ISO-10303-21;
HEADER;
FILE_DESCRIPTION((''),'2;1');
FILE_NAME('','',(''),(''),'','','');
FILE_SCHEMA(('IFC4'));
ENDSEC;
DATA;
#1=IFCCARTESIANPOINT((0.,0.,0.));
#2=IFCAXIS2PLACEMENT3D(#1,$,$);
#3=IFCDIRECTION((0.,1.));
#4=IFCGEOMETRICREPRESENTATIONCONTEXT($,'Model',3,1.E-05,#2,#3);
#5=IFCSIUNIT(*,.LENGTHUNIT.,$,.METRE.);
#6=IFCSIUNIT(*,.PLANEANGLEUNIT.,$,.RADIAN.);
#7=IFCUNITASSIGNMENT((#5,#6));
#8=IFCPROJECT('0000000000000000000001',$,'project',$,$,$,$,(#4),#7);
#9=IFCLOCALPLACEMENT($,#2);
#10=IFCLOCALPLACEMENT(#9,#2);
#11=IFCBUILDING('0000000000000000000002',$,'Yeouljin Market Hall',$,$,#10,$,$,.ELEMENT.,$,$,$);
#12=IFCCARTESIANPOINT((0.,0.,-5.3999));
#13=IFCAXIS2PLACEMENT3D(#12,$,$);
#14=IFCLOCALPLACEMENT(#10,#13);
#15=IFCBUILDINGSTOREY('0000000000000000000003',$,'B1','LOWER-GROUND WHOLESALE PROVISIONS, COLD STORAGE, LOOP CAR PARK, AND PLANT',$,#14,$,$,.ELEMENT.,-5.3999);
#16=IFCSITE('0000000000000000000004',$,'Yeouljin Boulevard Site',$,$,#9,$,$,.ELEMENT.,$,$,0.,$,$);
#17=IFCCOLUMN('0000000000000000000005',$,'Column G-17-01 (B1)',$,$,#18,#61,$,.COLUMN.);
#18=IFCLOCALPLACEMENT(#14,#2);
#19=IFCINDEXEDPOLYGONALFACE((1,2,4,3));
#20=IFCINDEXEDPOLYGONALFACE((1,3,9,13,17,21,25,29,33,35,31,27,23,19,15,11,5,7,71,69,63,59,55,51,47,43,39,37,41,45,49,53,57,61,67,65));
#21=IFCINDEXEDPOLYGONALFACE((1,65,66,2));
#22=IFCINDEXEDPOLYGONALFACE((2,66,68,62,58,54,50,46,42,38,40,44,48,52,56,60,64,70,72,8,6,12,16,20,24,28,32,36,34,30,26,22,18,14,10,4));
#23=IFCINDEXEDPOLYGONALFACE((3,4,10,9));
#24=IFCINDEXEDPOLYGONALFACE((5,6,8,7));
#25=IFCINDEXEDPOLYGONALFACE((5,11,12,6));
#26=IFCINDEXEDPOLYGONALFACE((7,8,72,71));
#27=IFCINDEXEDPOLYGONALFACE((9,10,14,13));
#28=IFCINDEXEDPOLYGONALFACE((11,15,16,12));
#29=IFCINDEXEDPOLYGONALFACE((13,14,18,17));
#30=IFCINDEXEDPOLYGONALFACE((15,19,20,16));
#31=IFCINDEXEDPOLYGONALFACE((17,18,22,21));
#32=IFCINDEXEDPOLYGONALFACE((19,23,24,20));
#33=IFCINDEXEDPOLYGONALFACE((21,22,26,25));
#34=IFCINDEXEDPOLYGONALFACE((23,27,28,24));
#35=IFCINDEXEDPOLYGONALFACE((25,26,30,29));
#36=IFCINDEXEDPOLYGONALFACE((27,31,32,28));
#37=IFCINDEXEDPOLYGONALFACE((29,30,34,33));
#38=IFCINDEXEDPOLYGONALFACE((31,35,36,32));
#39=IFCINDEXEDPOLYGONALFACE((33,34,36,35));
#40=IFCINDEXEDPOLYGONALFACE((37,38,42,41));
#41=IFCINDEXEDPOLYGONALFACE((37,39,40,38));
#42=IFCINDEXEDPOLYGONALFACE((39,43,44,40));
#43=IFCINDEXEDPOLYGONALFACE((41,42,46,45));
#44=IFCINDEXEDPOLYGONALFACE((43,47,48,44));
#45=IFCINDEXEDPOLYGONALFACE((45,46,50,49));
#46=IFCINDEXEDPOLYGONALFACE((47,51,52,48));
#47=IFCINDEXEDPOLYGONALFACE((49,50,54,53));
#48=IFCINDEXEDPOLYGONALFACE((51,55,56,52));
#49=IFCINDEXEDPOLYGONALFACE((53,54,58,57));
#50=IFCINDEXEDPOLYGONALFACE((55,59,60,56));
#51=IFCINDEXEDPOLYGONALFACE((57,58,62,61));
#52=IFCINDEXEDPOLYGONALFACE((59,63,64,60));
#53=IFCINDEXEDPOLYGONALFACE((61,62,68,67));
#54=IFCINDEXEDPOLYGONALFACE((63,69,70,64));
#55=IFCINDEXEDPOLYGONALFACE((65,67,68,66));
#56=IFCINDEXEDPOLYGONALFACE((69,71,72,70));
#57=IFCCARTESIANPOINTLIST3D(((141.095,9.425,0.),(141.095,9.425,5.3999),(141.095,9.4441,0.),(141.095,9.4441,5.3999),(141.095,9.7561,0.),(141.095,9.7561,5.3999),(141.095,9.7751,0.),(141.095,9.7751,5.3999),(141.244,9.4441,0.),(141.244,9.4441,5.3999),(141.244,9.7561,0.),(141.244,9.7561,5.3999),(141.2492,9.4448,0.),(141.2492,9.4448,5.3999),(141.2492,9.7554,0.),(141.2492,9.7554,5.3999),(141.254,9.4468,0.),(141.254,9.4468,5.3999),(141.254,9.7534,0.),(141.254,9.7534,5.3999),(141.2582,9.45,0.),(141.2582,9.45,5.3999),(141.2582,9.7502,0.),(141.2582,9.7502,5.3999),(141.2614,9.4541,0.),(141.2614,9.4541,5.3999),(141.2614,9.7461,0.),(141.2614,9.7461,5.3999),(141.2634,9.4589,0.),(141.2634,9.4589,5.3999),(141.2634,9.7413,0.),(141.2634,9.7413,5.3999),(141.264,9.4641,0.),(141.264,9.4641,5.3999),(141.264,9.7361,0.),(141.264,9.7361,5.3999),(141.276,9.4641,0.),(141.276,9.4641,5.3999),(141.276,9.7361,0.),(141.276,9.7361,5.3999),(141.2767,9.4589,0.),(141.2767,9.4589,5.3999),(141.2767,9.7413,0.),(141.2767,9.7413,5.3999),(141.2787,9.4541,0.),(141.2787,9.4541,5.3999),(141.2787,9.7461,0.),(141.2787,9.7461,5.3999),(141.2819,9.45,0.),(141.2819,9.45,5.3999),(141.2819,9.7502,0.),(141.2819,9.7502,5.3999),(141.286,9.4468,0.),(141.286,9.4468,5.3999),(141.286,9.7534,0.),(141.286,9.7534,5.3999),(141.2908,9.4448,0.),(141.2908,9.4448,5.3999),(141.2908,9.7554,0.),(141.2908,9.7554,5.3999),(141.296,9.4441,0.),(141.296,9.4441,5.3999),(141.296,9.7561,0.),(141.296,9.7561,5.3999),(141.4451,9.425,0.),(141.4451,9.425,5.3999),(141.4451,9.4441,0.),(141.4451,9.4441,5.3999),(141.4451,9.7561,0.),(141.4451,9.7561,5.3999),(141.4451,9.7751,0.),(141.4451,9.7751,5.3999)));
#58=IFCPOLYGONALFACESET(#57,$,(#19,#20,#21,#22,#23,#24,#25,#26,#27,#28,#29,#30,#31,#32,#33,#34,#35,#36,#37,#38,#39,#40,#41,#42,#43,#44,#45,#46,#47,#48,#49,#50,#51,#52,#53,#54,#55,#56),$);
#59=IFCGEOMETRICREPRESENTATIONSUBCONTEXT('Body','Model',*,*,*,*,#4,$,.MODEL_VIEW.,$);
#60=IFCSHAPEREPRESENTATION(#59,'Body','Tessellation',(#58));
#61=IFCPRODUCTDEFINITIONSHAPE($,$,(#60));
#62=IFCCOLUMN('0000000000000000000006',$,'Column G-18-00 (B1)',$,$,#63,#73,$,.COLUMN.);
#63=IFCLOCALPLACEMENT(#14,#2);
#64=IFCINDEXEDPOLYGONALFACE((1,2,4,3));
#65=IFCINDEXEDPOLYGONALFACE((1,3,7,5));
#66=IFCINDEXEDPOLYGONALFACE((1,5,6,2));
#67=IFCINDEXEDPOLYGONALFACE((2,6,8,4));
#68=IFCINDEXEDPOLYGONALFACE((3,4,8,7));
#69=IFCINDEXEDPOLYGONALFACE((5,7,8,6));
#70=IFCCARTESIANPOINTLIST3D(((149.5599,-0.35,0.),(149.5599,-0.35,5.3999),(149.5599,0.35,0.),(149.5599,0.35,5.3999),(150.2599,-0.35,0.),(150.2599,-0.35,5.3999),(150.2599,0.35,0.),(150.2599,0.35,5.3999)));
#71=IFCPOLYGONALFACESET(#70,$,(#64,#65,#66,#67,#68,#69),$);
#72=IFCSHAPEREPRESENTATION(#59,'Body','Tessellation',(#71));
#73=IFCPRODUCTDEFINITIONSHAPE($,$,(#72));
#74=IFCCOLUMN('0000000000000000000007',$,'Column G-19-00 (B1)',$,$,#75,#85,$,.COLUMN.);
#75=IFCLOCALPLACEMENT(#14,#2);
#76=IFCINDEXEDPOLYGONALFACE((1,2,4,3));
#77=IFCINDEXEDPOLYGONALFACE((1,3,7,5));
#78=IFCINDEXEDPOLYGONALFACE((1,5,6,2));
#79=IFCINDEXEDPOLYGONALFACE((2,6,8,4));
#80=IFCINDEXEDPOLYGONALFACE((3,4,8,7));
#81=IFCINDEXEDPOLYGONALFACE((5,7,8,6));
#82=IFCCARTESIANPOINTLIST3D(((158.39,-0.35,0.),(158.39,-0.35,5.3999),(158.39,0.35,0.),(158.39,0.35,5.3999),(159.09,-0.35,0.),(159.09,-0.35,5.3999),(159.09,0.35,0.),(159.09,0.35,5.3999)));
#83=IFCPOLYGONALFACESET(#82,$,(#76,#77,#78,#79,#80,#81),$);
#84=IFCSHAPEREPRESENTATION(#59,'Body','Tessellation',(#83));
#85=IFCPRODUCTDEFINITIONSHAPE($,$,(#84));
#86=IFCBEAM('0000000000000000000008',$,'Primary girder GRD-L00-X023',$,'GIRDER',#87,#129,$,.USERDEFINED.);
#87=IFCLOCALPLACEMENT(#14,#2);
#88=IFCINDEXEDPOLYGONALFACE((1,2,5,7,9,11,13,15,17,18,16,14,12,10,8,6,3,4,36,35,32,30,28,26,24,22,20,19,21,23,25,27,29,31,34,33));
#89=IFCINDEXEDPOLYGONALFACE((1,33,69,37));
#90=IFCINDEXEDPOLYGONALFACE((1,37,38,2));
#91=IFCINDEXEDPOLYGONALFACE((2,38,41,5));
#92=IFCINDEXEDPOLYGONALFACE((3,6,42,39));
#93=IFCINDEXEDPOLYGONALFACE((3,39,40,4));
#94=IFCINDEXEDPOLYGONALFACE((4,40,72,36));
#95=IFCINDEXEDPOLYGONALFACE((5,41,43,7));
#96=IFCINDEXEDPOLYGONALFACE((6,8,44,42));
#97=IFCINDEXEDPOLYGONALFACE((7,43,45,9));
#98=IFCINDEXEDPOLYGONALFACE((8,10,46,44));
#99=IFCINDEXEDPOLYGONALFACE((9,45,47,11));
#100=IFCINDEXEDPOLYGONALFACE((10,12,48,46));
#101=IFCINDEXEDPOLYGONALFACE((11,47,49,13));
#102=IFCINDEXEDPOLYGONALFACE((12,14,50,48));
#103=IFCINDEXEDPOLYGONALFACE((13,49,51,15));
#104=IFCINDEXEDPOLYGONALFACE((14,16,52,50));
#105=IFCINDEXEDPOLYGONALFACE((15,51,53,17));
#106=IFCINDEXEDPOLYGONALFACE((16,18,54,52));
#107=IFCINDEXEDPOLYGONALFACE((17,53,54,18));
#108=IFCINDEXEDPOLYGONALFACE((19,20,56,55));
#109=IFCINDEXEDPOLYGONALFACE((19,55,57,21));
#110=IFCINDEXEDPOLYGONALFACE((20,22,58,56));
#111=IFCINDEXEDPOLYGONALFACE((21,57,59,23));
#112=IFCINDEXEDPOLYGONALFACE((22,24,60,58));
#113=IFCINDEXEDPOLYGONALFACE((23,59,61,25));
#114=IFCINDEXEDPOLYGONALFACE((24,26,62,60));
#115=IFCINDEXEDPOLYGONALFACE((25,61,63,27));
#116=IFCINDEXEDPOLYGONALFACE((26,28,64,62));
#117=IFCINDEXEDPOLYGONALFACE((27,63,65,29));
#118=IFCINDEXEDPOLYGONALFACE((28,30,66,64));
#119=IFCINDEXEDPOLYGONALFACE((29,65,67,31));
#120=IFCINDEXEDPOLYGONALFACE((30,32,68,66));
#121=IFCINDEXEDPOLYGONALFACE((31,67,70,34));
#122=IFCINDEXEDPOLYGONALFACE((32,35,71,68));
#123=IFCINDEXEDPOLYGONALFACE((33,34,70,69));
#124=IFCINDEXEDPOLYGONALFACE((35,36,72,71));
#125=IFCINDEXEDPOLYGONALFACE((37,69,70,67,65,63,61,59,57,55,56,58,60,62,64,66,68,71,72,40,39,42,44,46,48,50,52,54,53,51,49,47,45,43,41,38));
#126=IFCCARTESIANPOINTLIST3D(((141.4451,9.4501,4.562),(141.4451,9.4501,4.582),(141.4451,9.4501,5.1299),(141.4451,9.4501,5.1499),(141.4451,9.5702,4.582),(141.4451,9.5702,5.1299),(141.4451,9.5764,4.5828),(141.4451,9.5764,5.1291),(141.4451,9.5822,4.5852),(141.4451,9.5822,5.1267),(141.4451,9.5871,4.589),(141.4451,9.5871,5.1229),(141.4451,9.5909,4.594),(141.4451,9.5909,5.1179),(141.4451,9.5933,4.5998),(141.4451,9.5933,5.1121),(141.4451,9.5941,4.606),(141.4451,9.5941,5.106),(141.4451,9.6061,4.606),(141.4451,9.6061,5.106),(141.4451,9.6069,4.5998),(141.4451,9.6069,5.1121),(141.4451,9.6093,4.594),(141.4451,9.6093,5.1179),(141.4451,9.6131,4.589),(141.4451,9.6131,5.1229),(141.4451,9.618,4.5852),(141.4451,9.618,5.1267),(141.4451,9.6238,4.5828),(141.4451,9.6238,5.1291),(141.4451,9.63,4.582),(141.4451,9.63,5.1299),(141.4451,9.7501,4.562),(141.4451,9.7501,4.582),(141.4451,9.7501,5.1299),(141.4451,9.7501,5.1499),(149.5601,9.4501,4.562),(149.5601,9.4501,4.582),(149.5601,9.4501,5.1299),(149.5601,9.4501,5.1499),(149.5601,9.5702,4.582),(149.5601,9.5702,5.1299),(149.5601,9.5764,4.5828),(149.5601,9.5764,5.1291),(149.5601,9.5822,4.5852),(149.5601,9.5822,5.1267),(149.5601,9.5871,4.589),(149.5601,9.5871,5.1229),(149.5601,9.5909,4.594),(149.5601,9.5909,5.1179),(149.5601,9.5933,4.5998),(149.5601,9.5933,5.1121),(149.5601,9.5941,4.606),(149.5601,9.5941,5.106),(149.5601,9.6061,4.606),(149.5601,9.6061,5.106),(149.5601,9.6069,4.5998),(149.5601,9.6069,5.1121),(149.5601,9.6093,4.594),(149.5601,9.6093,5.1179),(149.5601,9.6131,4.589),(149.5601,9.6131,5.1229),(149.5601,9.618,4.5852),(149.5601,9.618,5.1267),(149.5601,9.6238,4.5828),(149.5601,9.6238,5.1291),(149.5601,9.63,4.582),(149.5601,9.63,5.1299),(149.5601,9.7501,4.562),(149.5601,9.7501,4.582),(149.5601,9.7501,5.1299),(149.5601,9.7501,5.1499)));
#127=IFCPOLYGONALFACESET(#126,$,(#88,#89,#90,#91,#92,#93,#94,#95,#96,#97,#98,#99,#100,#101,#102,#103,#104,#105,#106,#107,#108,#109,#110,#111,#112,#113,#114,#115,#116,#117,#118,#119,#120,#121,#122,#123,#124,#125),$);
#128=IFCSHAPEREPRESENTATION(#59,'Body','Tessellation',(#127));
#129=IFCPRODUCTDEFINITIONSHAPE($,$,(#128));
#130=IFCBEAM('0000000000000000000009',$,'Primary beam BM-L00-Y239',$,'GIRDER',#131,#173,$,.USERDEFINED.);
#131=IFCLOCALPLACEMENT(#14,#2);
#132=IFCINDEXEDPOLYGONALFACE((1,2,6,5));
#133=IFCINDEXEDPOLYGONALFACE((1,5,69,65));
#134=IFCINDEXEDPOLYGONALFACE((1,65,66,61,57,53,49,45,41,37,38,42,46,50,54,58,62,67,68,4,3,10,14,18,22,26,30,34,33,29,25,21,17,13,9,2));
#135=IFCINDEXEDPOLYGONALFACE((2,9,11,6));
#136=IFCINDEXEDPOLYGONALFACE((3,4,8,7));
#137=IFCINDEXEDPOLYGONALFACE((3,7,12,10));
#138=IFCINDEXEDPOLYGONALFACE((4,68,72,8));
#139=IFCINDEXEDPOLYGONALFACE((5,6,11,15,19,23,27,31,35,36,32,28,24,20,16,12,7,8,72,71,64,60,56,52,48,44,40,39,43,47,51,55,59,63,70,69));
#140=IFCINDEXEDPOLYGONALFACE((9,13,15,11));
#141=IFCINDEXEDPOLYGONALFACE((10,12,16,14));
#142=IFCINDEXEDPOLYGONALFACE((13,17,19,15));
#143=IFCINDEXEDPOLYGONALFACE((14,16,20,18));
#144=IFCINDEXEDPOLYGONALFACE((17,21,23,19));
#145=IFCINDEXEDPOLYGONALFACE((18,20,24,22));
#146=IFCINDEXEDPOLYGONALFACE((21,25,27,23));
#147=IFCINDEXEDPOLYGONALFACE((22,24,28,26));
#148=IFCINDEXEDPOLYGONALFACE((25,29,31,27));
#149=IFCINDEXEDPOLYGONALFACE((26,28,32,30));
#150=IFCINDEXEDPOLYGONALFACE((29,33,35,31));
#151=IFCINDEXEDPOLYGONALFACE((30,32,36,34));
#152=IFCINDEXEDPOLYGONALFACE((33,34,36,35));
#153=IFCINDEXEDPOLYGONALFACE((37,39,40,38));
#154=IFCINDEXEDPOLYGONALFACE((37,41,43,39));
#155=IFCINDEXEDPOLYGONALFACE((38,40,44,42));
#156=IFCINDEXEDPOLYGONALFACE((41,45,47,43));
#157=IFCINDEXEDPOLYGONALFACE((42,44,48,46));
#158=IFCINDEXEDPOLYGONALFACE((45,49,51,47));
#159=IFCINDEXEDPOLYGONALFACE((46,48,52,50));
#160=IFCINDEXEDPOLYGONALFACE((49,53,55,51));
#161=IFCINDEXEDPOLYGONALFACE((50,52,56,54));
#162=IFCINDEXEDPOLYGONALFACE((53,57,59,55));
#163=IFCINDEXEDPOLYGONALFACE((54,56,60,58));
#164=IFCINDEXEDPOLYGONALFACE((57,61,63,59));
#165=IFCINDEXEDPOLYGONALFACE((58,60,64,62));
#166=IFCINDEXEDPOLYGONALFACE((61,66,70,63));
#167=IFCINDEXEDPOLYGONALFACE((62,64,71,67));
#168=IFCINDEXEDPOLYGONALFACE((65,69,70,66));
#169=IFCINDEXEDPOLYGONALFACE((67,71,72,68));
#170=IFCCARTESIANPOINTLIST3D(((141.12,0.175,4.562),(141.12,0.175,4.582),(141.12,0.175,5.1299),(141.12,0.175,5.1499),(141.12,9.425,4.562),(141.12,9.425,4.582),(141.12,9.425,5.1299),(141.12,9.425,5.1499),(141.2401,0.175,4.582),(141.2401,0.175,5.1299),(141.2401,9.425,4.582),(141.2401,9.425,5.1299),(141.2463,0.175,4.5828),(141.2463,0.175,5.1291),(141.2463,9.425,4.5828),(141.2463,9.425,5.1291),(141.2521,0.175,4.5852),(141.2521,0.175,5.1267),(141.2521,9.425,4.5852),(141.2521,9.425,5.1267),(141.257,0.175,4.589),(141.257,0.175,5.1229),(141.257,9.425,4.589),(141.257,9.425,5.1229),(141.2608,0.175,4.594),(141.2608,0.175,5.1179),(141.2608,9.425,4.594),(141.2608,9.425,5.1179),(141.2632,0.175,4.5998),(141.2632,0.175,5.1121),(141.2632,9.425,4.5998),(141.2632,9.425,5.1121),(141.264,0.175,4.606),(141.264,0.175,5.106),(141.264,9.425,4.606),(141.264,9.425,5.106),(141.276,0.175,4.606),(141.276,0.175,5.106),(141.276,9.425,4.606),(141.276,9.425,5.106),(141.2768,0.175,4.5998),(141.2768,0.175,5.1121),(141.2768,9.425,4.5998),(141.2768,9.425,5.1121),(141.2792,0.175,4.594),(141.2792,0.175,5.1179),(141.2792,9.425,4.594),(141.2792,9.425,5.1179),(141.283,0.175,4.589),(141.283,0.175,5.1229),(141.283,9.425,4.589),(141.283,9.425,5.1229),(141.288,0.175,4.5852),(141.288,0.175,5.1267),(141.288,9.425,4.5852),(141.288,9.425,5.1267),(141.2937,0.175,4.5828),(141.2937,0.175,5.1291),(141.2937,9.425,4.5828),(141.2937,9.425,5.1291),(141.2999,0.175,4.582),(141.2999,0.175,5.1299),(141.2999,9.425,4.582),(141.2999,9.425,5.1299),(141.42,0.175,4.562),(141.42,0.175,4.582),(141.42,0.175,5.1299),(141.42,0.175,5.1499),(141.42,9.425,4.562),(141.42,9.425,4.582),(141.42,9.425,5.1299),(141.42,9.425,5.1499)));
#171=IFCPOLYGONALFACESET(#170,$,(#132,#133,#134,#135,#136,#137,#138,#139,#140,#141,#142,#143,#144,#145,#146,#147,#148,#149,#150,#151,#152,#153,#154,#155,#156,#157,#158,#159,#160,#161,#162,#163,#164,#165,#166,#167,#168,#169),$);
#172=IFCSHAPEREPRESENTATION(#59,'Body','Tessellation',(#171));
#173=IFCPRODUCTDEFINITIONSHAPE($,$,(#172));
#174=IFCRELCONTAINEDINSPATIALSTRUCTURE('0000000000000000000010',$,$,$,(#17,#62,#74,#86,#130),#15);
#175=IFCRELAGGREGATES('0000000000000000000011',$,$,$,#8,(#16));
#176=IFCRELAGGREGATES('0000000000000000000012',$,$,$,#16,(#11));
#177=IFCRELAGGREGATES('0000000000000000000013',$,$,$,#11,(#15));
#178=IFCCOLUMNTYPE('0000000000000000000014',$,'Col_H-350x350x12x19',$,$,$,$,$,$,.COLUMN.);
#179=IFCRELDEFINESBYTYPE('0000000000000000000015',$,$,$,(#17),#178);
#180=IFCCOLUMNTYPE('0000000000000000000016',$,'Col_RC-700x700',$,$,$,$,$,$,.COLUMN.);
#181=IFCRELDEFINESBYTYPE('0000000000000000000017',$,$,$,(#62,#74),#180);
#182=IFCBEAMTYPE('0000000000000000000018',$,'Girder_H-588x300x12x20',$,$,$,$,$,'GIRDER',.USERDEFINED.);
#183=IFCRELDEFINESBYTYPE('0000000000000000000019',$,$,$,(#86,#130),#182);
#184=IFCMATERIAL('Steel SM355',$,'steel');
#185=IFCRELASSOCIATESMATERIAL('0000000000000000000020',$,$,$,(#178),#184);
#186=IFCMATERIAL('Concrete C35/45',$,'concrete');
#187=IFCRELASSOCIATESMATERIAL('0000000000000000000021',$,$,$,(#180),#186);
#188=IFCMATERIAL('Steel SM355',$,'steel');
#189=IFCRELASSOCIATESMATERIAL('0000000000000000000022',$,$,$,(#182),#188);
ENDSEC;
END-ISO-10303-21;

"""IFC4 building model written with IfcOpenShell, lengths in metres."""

from ifc_helpers import new_model, si_unit, direction, frame, origin, origin_2d, place, context, subcontext, project, spatial, rectangle, i_section, extrude, material, material_profile, profile_set, type_object, element, save


model = new_model("IFC4")

# Units and contexts
model_context = context("Model", 3, precision=1e-05, world=origin(), true_north=direction((0.0, 1.0)))
body_context = subcontext(model_context, "Body", "Model", "MODEL_VIEW")
ifc_project = project(units=[si_unit("LENGTHUNIT", "METRE"), si_unit("PLANEANGLEUNIT", "RADIAN")], contexts=[model_context])

# Site, building, storey
site_placement = place(None, origin())
site = spatial("IfcSite", under=ifc_project, at=site_placement, Name="Yeouljin Boulevard Site", CompositionType="ELEMENT", RefElevation=0.0)
building_placement = place(site_placement, origin())
building = spatial("IfcBuilding", under=site, at=building_placement, Name="Yeouljin Market Hall", CompositionType="ELEMENT")
storey_placement = place(building_placement, frame((0.0, 0.0, -5.3999)))
storey = spatial("IfcBuildingStorey", under=building, at=storey_placement, Name="B1", Description="LOWER-GROUND WHOLESALE PROVISIONS, COLD STORAGE, LOOP CAR PARK, AND PLANT", CompositionType="ELEMENT", Elevation=-5.3999)

# Columns
ifc_material_1 = material(Name="Steel SM355", Category="steel")
ifc_material_profile_1 = material_profile(ifc_material_1, i_section(OverallWidth=0.3501, OverallDepth=0.3501, WebThickness=0.012, FlangeThickness=0.019, FilletRadius=0.02, at=origin_2d()), Name="H-350x350x12x19")
ifc_profile_set_1 = profile_set([ifc_material_profile_1], Name="Steel SM355")
column_type_1 = type_object("IfcColumnType", Name="Col_H-350x350x12x19", PredefinedType="COLUMN", material=ifc_profile_set_1)
for number, where, z_axis, x_axis, name in (
    (1, (141.27, 9.6001, 0.0), (0.0, 0.0, 1.0), (1.0, 0.0, 0.0), "Column G-17-01 (B1)"),
):
    element("IfcColumn", number, at=place(storey_placement, frame(where, z_axis=z_axis, x_axis=x_axis)), inside=storey, type_object=column_type_1, Name=name, PredefinedType="COLUMN", context=body_context, shape_type="SweptSolid", body=[
        extrude(i_section(OverallWidth=0.3501, OverallDepth=0.3501, WebThickness=0.012, FlangeThickness=0.019, FilletRadius=0.02, at=origin_2d()), origin(), (0.0, 0.0, 1.0), 5.3999),
    ])
ifc_material_2 = material(Name="Concrete C35/45", Category="concrete")
ifc_material_profile_2 = material_profile(ifc_material_2, rectangle(XDim=0.7, YDim=0.7, at=origin_2d()), Name="RC-700x700")
ifc_profile_set_2 = profile_set([ifc_material_profile_2], Name="Concrete C35/45")
column_type_2 = type_object("IfcColumnType", Name="Col_RC-700x700", PredefinedType="COLUMN", material=ifc_profile_set_2)
for number, where, z_axis, x_axis, name in (
    (2, (149.9099, 0.0, 0.0), (0.0, 0.0, 1.0), (1.0, 0.0, 0.0), "Column G-18-00 (B1)"),
    (3, (158.74, 0.0, 0.0), (0.0, 0.0, 1.0), (1.0, 0.0, 0.0), "Column G-19-00 (B1)"),
):
    element("IfcColumn", number, at=place(storey_placement, frame(where, z_axis=z_axis, x_axis=x_axis)), inside=storey, type_object=column_type_2, Name=name, PredefinedType="COLUMN", context=body_context, shape_type="SweptSolid", body=[
        extrude(rectangle(XDim=0.7, YDim=0.7, at=origin_2d()), origin(), (0.0, 0.0, 1.0), 5.3999),
    ])

# Beams
ifc_material_3 = material(Name="Steel SM355", Category="steel")
ifc_material_profile_3 = material_profile(ifc_material_3, i_section(OverallWidth=0.3, OverallDepth=0.5879, WebThickness=0.012, FlangeThickness=0.02, FilletRadius=0.0239, at=origin_2d()), Name="H-588x300x12x20")
ifc_profile_set_3 = profile_set([ifc_material_profile_3], Name="Steel SM355")
beam_type_1 = type_object("IfcBeamType", Name="Girder_H-588x300x12x20", ElementType="GIRDER", PredefinedType="USERDEFINED", material=ifc_profile_set_3)
beam_1_placement = place(storey_placement, frame((141.4451, 9.6001, 4.856), z_axis=(1.0, 0.0, 0.0), x_axis=(0.0, 1.0, 0.0)))
element("IfcBeam", 4, at=beam_1_placement, inside=storey, type_object=beam_type_1, Name="Primary girder GRD-L00-X023", ObjectType="GIRDER", PredefinedType="USERDEFINED", context=body_context, shape_type="SweptSolid", body=[
    extrude(i_section(OverallWidth=0.3, OverallDepth=0.5879, WebThickness=0.012, FlangeThickness=0.02, FilletRadius=0.0239, at=origin_2d()), origin(), (0.0, 0.0, 1.0), 8.115),
])
beam_2_placement = place(storey_placement, frame((141.27, 0.175, 4.856), z_axis=(0.0, 1.0, 0.0), x_axis=(-1.0, 0.0, 0.0)))
element("IfcBeam", 5, at=beam_2_placement, inside=storey, type_object=beam_type_1, Name="Primary beam BM-L00-Y239", ObjectType="GIRDER", PredefinedType="USERDEFINED", context=body_context, shape_type="SweptSolid", body=[
    extrude(i_section(OverallWidth=0.3, OverallDepth=0.5879, WebThickness=0.012, FlangeThickness=0.02, FilletRadius=0.0239, at=origin_2d()), origin(), (0.0, 0.0, 1.0), 9.25),
])

save(model, "model.ifc")
